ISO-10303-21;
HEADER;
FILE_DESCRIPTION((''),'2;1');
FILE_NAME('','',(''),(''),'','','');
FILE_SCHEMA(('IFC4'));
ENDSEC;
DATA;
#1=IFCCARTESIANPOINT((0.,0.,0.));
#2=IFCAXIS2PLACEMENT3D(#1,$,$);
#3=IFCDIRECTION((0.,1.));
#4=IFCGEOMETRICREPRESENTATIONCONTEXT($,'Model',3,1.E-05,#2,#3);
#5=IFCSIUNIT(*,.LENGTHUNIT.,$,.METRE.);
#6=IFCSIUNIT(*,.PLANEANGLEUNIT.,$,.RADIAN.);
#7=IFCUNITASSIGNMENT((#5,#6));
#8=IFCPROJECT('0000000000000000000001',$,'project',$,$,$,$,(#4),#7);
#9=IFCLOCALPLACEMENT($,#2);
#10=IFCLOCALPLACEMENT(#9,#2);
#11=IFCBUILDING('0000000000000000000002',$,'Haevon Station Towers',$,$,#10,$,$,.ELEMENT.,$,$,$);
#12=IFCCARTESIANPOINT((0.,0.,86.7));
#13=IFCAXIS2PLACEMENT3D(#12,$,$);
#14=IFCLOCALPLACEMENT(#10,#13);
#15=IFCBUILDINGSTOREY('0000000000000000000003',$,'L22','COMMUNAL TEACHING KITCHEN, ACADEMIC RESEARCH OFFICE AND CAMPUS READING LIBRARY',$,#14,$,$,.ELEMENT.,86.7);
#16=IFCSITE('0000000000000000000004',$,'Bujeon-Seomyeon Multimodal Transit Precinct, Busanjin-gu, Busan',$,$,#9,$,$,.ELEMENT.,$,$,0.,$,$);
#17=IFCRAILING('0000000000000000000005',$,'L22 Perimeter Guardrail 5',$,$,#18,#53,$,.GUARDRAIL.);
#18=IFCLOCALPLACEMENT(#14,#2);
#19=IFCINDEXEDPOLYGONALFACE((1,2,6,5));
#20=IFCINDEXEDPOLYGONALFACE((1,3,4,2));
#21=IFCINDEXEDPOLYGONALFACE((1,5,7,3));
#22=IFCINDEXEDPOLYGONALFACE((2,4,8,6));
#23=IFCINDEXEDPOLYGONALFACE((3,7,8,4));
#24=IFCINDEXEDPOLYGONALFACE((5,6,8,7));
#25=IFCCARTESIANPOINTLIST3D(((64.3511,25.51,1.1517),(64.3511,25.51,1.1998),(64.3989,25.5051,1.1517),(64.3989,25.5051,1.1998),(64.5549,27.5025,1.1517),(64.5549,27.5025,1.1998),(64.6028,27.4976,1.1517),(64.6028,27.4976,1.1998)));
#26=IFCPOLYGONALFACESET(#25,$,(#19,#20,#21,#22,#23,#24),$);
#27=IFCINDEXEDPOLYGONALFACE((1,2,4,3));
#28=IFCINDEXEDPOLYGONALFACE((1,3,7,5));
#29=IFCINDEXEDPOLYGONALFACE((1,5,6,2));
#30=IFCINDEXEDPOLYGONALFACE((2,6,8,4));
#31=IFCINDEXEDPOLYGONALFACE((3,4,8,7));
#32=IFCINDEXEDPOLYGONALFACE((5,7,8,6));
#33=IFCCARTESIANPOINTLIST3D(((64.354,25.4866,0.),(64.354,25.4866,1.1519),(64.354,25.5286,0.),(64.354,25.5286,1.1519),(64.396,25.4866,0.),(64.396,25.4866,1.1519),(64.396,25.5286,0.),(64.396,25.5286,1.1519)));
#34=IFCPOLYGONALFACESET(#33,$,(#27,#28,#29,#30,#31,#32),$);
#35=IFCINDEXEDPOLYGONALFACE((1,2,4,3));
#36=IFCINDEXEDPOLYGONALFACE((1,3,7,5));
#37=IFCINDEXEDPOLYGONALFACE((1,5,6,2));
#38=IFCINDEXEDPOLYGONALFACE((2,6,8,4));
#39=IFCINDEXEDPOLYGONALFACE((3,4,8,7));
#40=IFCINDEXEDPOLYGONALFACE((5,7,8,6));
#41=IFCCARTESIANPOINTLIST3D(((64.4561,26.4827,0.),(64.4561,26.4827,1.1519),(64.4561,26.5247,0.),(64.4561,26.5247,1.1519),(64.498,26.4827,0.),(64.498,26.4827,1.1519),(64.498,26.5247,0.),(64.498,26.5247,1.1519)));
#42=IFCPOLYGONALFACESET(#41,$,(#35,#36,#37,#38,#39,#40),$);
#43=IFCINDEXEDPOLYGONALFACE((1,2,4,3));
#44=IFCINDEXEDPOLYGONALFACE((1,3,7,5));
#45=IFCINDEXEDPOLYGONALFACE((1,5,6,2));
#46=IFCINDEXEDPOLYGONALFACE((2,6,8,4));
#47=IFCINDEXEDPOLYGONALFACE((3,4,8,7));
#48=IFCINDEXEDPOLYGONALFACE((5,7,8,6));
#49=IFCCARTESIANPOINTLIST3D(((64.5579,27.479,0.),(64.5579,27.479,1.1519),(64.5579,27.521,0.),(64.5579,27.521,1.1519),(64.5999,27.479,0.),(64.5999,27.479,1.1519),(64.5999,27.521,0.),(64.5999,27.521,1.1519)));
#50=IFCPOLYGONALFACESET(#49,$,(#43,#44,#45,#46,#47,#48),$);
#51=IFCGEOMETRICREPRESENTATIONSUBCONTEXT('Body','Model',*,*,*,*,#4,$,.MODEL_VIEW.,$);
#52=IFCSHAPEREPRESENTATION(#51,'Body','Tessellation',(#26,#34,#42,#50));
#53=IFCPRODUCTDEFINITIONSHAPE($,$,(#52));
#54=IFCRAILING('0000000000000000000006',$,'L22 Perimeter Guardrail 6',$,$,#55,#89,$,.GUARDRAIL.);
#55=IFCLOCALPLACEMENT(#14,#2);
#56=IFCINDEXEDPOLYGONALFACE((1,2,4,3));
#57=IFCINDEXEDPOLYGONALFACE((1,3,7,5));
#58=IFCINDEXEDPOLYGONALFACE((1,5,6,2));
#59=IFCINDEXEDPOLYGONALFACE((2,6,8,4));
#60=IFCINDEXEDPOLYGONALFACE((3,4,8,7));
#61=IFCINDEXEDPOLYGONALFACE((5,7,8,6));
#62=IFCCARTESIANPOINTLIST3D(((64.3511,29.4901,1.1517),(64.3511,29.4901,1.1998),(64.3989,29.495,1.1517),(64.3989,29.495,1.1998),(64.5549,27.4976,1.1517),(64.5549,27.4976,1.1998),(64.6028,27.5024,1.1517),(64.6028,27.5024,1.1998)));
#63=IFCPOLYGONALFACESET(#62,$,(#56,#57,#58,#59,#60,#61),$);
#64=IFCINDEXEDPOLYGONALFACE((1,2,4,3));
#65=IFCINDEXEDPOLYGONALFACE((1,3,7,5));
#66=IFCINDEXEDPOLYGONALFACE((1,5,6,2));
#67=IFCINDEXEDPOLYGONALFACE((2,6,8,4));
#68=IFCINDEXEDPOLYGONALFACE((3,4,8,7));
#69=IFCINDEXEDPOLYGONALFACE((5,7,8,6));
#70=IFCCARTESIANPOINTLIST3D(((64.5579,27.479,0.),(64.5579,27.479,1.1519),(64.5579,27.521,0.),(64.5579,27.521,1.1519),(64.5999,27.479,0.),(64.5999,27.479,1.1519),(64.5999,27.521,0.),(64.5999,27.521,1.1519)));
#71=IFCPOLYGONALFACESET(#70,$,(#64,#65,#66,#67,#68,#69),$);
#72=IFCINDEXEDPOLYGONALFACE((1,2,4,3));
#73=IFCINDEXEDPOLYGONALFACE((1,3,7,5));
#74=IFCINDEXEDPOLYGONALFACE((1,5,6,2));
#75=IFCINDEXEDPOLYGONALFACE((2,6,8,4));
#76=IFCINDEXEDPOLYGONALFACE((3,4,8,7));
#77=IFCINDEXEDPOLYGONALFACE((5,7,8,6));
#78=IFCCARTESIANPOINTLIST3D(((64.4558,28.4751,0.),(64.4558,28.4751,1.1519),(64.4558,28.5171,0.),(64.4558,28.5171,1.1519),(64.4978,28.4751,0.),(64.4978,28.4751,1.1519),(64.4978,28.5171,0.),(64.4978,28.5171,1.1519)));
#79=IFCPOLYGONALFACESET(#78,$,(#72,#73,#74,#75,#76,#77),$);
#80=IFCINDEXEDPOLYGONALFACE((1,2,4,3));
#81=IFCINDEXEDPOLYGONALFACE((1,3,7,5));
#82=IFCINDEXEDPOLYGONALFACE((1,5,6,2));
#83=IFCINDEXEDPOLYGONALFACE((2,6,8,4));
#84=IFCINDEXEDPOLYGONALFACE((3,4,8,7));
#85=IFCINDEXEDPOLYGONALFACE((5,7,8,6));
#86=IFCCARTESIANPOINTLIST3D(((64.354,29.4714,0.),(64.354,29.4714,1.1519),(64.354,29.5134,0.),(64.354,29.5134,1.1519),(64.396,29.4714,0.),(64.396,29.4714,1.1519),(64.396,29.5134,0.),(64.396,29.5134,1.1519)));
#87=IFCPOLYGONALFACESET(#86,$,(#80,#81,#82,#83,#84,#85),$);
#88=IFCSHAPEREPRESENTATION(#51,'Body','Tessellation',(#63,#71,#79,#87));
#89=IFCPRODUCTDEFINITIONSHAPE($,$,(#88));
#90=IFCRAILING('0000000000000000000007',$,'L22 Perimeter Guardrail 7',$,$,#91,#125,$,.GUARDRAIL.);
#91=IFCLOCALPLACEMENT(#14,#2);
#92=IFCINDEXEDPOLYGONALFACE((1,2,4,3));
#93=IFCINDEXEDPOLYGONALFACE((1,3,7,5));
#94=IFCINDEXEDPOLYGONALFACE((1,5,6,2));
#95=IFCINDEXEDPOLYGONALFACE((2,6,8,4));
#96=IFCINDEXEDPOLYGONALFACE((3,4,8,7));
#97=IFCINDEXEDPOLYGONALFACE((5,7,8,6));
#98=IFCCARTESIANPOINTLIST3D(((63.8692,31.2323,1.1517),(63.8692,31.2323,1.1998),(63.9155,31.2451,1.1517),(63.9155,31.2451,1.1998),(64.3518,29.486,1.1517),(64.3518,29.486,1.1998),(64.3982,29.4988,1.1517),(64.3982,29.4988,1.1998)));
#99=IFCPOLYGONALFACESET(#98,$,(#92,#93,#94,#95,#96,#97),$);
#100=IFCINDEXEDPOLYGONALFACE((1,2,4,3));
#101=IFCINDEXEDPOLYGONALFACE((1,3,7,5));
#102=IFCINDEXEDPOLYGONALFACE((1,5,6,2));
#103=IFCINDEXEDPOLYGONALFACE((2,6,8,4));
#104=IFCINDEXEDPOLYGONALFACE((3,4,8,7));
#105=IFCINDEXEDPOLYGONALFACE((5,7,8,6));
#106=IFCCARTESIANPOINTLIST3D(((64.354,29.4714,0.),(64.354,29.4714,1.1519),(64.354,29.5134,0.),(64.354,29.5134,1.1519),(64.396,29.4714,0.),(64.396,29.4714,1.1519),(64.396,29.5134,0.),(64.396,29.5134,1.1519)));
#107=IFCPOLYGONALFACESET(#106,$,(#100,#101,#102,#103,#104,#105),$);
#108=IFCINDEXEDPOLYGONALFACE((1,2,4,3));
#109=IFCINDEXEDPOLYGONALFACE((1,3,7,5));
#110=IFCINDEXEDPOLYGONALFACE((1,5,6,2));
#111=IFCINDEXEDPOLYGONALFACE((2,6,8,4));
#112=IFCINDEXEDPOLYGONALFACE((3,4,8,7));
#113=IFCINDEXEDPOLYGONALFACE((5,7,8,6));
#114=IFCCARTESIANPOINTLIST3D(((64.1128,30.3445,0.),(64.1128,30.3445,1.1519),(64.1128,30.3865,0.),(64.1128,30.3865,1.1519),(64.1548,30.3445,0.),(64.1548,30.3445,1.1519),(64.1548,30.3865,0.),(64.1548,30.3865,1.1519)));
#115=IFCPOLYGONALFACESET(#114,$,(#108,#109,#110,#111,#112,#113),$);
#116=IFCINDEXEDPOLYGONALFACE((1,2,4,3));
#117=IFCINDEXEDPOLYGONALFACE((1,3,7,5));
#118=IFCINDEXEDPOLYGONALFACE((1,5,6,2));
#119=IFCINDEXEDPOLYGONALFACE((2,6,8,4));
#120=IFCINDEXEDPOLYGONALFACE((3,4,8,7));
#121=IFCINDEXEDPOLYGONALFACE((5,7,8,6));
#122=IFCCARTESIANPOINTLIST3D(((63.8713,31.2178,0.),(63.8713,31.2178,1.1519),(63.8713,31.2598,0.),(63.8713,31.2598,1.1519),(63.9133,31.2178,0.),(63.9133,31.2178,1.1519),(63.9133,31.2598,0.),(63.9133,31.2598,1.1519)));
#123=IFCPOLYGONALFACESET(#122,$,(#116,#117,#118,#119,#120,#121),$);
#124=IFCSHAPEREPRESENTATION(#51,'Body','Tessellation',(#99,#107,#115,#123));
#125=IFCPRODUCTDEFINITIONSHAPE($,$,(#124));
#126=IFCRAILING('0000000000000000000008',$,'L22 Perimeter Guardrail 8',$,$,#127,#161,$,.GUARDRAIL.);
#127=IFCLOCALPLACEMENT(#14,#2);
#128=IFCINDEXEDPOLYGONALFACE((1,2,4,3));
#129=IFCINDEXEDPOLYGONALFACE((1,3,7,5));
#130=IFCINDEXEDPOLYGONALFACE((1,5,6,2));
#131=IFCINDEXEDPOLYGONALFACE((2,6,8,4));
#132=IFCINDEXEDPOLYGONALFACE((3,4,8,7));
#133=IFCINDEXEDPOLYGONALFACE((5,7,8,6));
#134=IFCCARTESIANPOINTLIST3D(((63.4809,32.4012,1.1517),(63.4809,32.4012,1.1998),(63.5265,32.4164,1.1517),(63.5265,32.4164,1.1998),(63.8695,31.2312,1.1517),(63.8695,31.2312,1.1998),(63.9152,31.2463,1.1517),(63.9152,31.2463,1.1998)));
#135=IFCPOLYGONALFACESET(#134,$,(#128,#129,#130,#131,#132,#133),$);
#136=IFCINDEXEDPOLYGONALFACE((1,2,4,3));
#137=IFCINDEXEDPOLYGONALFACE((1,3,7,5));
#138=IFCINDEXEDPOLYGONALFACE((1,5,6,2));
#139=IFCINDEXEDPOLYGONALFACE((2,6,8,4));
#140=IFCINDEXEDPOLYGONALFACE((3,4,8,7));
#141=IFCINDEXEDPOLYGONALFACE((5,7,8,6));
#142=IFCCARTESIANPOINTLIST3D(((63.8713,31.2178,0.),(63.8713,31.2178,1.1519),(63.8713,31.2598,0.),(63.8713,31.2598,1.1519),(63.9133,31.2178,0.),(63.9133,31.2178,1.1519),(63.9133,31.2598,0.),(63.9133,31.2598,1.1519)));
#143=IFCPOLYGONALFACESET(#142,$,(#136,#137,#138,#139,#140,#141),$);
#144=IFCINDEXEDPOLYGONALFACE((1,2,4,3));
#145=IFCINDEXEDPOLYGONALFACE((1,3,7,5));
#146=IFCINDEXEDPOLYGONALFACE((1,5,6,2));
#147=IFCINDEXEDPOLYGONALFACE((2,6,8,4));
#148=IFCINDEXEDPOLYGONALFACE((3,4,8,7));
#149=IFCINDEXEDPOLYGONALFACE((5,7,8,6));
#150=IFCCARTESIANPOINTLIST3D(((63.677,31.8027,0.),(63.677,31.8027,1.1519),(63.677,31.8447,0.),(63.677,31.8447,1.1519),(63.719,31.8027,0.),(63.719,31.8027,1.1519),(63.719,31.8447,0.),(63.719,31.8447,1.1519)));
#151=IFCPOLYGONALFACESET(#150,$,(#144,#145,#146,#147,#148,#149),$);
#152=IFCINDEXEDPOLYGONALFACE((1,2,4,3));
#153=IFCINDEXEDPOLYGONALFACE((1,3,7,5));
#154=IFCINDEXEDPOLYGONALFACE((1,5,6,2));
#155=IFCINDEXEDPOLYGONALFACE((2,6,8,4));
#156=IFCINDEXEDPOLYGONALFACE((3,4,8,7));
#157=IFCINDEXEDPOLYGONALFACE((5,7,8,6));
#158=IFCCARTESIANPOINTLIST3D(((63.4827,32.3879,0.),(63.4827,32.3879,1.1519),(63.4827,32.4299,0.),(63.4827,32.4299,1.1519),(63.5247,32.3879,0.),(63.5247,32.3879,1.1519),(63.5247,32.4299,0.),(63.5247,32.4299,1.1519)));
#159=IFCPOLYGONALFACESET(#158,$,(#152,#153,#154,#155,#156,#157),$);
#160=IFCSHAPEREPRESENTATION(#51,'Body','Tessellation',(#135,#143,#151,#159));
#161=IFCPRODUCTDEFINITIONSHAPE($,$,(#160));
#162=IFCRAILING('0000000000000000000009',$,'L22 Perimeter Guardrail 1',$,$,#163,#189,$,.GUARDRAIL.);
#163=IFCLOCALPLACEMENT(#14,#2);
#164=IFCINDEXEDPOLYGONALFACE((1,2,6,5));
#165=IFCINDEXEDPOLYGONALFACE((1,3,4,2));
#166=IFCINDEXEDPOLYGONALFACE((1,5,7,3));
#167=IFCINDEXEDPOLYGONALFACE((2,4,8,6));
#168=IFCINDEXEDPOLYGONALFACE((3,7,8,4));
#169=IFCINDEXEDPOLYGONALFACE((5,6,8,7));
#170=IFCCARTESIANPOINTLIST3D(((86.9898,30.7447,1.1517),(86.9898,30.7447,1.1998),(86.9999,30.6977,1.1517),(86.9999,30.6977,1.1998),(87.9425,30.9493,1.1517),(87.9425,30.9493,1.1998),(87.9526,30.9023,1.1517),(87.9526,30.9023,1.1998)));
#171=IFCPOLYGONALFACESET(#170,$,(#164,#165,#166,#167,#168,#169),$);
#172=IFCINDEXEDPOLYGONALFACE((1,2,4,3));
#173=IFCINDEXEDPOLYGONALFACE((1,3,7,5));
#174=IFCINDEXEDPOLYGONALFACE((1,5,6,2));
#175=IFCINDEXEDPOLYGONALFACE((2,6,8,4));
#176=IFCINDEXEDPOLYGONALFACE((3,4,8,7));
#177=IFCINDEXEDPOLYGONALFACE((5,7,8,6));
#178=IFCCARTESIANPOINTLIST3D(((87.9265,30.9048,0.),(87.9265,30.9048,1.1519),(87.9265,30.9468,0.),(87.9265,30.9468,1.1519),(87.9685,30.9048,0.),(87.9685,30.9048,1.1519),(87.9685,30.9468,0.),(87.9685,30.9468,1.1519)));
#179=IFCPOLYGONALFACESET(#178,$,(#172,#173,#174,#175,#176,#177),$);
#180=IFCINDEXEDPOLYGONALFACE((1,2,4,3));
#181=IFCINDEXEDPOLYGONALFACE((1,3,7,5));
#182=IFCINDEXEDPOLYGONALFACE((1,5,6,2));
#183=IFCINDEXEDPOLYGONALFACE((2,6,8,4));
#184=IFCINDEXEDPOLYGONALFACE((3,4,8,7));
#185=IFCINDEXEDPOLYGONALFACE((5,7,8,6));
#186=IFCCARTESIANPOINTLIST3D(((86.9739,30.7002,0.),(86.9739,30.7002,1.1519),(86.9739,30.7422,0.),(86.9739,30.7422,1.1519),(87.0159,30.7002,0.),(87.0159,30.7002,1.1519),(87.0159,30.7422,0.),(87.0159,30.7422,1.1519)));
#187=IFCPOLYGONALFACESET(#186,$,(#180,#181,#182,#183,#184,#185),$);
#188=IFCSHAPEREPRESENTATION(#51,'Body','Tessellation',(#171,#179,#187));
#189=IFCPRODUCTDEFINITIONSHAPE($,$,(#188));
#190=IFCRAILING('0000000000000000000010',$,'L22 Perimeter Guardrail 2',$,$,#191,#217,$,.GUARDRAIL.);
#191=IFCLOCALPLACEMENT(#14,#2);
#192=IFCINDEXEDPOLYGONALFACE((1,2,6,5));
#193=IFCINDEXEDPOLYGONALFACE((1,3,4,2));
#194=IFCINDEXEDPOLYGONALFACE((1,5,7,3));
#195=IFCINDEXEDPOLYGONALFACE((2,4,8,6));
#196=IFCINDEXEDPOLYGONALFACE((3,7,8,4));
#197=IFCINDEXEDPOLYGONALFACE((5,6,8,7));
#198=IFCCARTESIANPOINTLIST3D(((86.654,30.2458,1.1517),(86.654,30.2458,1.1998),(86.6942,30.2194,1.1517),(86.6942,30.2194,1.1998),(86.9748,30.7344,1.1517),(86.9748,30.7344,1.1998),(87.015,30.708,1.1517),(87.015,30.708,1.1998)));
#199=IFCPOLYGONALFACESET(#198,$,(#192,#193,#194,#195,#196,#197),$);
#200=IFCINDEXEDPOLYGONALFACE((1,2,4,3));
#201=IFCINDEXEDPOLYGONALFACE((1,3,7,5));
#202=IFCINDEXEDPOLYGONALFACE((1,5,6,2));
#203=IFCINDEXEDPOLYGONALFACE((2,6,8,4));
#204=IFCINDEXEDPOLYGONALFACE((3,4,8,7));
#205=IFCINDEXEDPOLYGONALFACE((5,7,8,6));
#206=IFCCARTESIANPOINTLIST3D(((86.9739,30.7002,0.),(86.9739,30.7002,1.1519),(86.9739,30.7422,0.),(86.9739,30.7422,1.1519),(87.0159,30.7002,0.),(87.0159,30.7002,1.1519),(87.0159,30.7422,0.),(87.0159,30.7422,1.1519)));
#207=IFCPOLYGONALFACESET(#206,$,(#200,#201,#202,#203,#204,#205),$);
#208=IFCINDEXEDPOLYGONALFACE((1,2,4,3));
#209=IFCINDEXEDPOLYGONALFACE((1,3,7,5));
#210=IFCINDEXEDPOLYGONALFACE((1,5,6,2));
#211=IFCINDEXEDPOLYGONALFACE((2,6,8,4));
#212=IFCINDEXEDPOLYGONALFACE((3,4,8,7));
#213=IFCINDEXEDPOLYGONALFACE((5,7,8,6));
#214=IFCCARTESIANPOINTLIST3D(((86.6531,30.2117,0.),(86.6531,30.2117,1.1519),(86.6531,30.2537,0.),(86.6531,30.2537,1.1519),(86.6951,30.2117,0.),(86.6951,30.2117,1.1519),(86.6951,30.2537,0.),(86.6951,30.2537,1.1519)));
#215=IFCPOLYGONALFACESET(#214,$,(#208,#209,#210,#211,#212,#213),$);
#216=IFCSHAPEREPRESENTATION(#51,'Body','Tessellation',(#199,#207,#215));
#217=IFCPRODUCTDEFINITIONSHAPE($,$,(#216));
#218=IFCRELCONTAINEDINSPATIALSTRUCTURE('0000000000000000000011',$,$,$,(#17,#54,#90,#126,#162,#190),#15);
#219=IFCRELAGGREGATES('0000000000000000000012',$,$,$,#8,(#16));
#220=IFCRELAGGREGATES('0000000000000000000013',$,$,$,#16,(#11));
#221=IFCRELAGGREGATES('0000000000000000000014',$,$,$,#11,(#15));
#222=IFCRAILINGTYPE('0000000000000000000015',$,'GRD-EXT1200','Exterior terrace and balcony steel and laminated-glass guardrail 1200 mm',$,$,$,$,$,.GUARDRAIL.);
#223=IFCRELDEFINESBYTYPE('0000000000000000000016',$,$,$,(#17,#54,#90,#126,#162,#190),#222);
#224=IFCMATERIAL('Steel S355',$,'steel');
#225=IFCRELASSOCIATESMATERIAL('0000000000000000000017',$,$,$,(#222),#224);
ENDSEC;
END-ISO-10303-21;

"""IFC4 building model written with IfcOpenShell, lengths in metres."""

from ifc_helpers import new_model, si_unit, direction, frame, origin, origin_2d, place, context, subcontext, project, spatial, rectangle, extrude, material, type_object, element, save


model = new_model("IFC4")

# Units and contexts
model_context = context("Model", 3, precision=1e-05, world=origin(), true_north=direction((0.0, 1.0)))
body_context = subcontext(model_context, "Body", "Model", "MODEL_VIEW")
ifc_project = project(units=[si_unit("LENGTHUNIT", "METRE"), si_unit("PLANEANGLEUNIT", "RADIAN")], contexts=[model_context])

# Site, building, storey
site_placement = place(None, origin())
site = spatial("IfcSite", under=ifc_project, at=site_placement, Name="Bujeon-Seomyeon Multimodal Transit Precinct, Busanjin-gu, Busan", CompositionType="ELEMENT", RefElevation=0.0)
building_placement = place(site_placement, origin())
building = spatial("IfcBuilding", under=site, at=building_placement, Name="Haevon Station Towers", CompositionType="ELEMENT")
storey_placement = place(building_placement, frame((0.0, 0.0, 86.7)))
storey = spatial("IfcBuildingStorey", under=building, at=storey_placement, Name="L22", Description="COMMUNAL TEACHING KITCHEN, ACADEMIC RESEARCH OFFICE AND CAMPUS READING LIBRARY", CompositionType="ELEMENT", Elevation=86.7)

# Shared definitions
ifc_material_1 = material(Name="Steel S355", Category="steel")

# Railings
railing_type = type_object("IfcRailingType", Name="GRD-EXT1200", Description="Exterior terrace and balcony steel and laminated-glass guardrail 1200 mm", PredefinedType="GUARDRAIL", material=ifc_material_1)
railing_1_placement = place(storey_placement, frame((64.375, 25.5076, 0.0)))
element("IfcRailing", 1, at=railing_1_placement, inside=storey, type_object=railing_type, Name="L22 Perimeter Guardrail 5", PredefinedType="GUARDRAIL", context=body_context, shape_type="SweptSolid", body=[
    extrude(rectangle(XDim=0.0481, YDim=0.0481, at=origin_2d()), frame((0.0, 0.0, 1.1758), z_axis=(0.101785, 0.994806, 0.0), x_axis=(-0.994806, 0.101785, 0.0)), (0.0, 0.0, 1.0), 2.0029),
    extrude(rectangle(XDim=0.042, YDim=0.042, at=origin_2d()), origin(), (0.0, 0.0, 1.0), 1.1519),
    extrude(rectangle(XDim=0.042, YDim=0.042, at=origin_2d()), frame((0.1021, 0.9961, 0.0)), (0.0, 0.0, 1.0), 1.1519),
    extrude(rectangle(XDim=0.042, YDim=0.042, at=origin_2d()), frame((0.2039, 1.9924, 0.0)), (0.0, 0.0, 1.0), 1.1519),
])
railing_2_placement = place(storey_placement, frame((64.5789, 27.5, 0.0)))
element("IfcRailing", 2, at=railing_2_placement, inside=storey, type_object=railing_type, Name="L22 Perimeter Guardrail 6", PredefinedType="GUARDRAIL", context=body_context, shape_type="SweptSolid", body=[
    extrude(rectangle(XDim=0.0481, YDim=0.0481, at=origin_2d()), frame((0.0, 0.0, 1.1758), z_axis=(-0.101785, 0.994806, 0.0), x_axis=(-0.994806, -0.101785, 0.0)), (0.0, 0.0, 1.0), 2.0029),
    extrude(rectangle(XDim=0.042, YDim=0.042, at=origin_2d()), origin(), (0.0, 0.0, 1.0), 1.1519),
    extrude(rectangle(XDim=0.042, YDim=0.042, at=origin_2d()), frame((-0.1021, 0.9961, 0.0)), (0.0, 0.0, 1.0), 1.1519),
    extrude(rectangle(XDim=0.042, YDim=0.042, at=origin_2d()), frame((-0.2039, 1.9924, 0.0)), (0.0, 0.0, 1.0), 1.1519),
])
railing_3_placement = place(storey_placement, frame((64.375, 29.4924, 0.0)))
element("IfcRailing", 3, at=railing_3_placement, inside=storey, type_object=railing_type, Name="L22 Perimeter Guardrail 7", PredefinedType="GUARDRAIL", context=body_context, shape_type="SweptSolid", body=[
    extrude(rectangle(XDim=0.0481, YDim=0.0481, at=origin_2d()), frame((0.0, 0.0, 1.1758), z_axis=(-0.2664, 0.963863, 0.0), x_axis=(-0.963863, -0.2664, 0.0)), (0.0, 0.0, 1.0), 1.8118),
    extrude(rectangle(XDim=0.042, YDim=0.042, at=origin_2d()), origin(), (0.0, 0.0, 1.0), 1.1519),
    extrude(rectangle(XDim=0.042, YDim=0.042, at=origin_2d()), frame((-0.2412, 0.873, 0.0)), (0.0, 0.0, 1.0), 1.1519),
    extrude(rectangle(XDim=0.042, YDim=0.042, at=origin_2d()), frame((-0.4827, 1.7463, 0.0)), (0.0, 0.0, 1.0), 1.1519),
])
railing_4_placement = place(storey_placement, frame((63.8923, 31.2388, 0.0)))
element("IfcRailing", 4, at=railing_4_placement, inside=storey, type_object=railing_type, Name="L22 Perimeter Guardrail 8", PredefinedType="GUARDRAIL", context=body_context, shape_type="SweptSolid", body=[
    extrude(rectangle(XDim=0.0481, YDim=0.0481, at=origin_2d()), frame((0.0, 0.0, 1.1758), z_axis=(-0.315218, 0.949019, 0.0), x_axis=(-0.949019, -0.315218, 0.0)), (0.0, 0.0, 1.0), 1.2329),
    extrude(rectangle(XDim=0.042, YDim=0.042, at=origin_2d()), origin(), (0.0, 0.0, 1.0), 1.1519),
    extrude(rectangle(XDim=0.042, YDim=0.042, at=origin_2d()), frame((-0.1943, 0.585, 0.0)), (0.0, 0.0, 1.0), 1.1519),
    extrude(rectangle(XDim=0.042, YDim=0.042, at=origin_2d()), frame((-0.3887, 1.1702, 0.0)), (0.0, 0.0, 1.0), 1.1519),
])
railing_5_placement = place(storey_placement, frame((87.9475, 30.9258, 0.0)))
element("IfcRailing", 5, at=railing_5_placement, inside=storey, type_object=railing_type, Name="L22 Perimeter Guardrail 1", PredefinedType="GUARDRAIL", context=body_context, shape_type="SweptSolid", body=[
    extrude(rectangle(XDim=0.0481, YDim=0.0481, at=origin_2d()), frame((0.0, 0.0, 1.1758), z_axis=(-0.977707, -0.209974, 0.0), x_axis=(0.209974, -0.977707, 0.0)), (0.0, 0.0, 1.0), 0.9744),
    extrude(rectangle(XDim=0.042, YDim=0.042, at=origin_2d()), origin(), (0.0, 0.0, 1.0), 1.1519),
    extrude(rectangle(XDim=0.042, YDim=0.042, at=origin_2d()), frame((-0.9526, -0.2046, 0.0)), (0.0, 0.0, 1.0), 1.1519),
])
railing_6_placement = place(storey_placement, frame((86.9949, 30.7212, 0.0)))
element("IfcRailing", 6, at=railing_6_placement, inside=storey, type_object=railing_type, Name="L22 Perimeter Guardrail 2", PredefinedType="GUARDRAIL", context=body_context, shape_type="SweptSolid", body=[
    extrude(rectangle(XDim=0.0481, YDim=0.0481, at=origin_2d()), frame((0.0, 0.0, 1.1758), z_axis=(-0.548903, -0.835886, 0.0), x_axis=(0.835886, -0.548903, 0.0)), (0.0, 0.0, 1.0), 0.5845),
    extrude(rectangle(XDim=0.042, YDim=0.042, at=origin_2d()), origin(), (0.0, 0.0, 1.0), 1.1519),
    extrude(rectangle(XDim=0.042, YDim=0.042, at=origin_2d()), frame((-0.3208, -0.4885, 0.0)), (0.0, 0.0, 1.0), 1.1519),
])

save(model, "model.ifc")
